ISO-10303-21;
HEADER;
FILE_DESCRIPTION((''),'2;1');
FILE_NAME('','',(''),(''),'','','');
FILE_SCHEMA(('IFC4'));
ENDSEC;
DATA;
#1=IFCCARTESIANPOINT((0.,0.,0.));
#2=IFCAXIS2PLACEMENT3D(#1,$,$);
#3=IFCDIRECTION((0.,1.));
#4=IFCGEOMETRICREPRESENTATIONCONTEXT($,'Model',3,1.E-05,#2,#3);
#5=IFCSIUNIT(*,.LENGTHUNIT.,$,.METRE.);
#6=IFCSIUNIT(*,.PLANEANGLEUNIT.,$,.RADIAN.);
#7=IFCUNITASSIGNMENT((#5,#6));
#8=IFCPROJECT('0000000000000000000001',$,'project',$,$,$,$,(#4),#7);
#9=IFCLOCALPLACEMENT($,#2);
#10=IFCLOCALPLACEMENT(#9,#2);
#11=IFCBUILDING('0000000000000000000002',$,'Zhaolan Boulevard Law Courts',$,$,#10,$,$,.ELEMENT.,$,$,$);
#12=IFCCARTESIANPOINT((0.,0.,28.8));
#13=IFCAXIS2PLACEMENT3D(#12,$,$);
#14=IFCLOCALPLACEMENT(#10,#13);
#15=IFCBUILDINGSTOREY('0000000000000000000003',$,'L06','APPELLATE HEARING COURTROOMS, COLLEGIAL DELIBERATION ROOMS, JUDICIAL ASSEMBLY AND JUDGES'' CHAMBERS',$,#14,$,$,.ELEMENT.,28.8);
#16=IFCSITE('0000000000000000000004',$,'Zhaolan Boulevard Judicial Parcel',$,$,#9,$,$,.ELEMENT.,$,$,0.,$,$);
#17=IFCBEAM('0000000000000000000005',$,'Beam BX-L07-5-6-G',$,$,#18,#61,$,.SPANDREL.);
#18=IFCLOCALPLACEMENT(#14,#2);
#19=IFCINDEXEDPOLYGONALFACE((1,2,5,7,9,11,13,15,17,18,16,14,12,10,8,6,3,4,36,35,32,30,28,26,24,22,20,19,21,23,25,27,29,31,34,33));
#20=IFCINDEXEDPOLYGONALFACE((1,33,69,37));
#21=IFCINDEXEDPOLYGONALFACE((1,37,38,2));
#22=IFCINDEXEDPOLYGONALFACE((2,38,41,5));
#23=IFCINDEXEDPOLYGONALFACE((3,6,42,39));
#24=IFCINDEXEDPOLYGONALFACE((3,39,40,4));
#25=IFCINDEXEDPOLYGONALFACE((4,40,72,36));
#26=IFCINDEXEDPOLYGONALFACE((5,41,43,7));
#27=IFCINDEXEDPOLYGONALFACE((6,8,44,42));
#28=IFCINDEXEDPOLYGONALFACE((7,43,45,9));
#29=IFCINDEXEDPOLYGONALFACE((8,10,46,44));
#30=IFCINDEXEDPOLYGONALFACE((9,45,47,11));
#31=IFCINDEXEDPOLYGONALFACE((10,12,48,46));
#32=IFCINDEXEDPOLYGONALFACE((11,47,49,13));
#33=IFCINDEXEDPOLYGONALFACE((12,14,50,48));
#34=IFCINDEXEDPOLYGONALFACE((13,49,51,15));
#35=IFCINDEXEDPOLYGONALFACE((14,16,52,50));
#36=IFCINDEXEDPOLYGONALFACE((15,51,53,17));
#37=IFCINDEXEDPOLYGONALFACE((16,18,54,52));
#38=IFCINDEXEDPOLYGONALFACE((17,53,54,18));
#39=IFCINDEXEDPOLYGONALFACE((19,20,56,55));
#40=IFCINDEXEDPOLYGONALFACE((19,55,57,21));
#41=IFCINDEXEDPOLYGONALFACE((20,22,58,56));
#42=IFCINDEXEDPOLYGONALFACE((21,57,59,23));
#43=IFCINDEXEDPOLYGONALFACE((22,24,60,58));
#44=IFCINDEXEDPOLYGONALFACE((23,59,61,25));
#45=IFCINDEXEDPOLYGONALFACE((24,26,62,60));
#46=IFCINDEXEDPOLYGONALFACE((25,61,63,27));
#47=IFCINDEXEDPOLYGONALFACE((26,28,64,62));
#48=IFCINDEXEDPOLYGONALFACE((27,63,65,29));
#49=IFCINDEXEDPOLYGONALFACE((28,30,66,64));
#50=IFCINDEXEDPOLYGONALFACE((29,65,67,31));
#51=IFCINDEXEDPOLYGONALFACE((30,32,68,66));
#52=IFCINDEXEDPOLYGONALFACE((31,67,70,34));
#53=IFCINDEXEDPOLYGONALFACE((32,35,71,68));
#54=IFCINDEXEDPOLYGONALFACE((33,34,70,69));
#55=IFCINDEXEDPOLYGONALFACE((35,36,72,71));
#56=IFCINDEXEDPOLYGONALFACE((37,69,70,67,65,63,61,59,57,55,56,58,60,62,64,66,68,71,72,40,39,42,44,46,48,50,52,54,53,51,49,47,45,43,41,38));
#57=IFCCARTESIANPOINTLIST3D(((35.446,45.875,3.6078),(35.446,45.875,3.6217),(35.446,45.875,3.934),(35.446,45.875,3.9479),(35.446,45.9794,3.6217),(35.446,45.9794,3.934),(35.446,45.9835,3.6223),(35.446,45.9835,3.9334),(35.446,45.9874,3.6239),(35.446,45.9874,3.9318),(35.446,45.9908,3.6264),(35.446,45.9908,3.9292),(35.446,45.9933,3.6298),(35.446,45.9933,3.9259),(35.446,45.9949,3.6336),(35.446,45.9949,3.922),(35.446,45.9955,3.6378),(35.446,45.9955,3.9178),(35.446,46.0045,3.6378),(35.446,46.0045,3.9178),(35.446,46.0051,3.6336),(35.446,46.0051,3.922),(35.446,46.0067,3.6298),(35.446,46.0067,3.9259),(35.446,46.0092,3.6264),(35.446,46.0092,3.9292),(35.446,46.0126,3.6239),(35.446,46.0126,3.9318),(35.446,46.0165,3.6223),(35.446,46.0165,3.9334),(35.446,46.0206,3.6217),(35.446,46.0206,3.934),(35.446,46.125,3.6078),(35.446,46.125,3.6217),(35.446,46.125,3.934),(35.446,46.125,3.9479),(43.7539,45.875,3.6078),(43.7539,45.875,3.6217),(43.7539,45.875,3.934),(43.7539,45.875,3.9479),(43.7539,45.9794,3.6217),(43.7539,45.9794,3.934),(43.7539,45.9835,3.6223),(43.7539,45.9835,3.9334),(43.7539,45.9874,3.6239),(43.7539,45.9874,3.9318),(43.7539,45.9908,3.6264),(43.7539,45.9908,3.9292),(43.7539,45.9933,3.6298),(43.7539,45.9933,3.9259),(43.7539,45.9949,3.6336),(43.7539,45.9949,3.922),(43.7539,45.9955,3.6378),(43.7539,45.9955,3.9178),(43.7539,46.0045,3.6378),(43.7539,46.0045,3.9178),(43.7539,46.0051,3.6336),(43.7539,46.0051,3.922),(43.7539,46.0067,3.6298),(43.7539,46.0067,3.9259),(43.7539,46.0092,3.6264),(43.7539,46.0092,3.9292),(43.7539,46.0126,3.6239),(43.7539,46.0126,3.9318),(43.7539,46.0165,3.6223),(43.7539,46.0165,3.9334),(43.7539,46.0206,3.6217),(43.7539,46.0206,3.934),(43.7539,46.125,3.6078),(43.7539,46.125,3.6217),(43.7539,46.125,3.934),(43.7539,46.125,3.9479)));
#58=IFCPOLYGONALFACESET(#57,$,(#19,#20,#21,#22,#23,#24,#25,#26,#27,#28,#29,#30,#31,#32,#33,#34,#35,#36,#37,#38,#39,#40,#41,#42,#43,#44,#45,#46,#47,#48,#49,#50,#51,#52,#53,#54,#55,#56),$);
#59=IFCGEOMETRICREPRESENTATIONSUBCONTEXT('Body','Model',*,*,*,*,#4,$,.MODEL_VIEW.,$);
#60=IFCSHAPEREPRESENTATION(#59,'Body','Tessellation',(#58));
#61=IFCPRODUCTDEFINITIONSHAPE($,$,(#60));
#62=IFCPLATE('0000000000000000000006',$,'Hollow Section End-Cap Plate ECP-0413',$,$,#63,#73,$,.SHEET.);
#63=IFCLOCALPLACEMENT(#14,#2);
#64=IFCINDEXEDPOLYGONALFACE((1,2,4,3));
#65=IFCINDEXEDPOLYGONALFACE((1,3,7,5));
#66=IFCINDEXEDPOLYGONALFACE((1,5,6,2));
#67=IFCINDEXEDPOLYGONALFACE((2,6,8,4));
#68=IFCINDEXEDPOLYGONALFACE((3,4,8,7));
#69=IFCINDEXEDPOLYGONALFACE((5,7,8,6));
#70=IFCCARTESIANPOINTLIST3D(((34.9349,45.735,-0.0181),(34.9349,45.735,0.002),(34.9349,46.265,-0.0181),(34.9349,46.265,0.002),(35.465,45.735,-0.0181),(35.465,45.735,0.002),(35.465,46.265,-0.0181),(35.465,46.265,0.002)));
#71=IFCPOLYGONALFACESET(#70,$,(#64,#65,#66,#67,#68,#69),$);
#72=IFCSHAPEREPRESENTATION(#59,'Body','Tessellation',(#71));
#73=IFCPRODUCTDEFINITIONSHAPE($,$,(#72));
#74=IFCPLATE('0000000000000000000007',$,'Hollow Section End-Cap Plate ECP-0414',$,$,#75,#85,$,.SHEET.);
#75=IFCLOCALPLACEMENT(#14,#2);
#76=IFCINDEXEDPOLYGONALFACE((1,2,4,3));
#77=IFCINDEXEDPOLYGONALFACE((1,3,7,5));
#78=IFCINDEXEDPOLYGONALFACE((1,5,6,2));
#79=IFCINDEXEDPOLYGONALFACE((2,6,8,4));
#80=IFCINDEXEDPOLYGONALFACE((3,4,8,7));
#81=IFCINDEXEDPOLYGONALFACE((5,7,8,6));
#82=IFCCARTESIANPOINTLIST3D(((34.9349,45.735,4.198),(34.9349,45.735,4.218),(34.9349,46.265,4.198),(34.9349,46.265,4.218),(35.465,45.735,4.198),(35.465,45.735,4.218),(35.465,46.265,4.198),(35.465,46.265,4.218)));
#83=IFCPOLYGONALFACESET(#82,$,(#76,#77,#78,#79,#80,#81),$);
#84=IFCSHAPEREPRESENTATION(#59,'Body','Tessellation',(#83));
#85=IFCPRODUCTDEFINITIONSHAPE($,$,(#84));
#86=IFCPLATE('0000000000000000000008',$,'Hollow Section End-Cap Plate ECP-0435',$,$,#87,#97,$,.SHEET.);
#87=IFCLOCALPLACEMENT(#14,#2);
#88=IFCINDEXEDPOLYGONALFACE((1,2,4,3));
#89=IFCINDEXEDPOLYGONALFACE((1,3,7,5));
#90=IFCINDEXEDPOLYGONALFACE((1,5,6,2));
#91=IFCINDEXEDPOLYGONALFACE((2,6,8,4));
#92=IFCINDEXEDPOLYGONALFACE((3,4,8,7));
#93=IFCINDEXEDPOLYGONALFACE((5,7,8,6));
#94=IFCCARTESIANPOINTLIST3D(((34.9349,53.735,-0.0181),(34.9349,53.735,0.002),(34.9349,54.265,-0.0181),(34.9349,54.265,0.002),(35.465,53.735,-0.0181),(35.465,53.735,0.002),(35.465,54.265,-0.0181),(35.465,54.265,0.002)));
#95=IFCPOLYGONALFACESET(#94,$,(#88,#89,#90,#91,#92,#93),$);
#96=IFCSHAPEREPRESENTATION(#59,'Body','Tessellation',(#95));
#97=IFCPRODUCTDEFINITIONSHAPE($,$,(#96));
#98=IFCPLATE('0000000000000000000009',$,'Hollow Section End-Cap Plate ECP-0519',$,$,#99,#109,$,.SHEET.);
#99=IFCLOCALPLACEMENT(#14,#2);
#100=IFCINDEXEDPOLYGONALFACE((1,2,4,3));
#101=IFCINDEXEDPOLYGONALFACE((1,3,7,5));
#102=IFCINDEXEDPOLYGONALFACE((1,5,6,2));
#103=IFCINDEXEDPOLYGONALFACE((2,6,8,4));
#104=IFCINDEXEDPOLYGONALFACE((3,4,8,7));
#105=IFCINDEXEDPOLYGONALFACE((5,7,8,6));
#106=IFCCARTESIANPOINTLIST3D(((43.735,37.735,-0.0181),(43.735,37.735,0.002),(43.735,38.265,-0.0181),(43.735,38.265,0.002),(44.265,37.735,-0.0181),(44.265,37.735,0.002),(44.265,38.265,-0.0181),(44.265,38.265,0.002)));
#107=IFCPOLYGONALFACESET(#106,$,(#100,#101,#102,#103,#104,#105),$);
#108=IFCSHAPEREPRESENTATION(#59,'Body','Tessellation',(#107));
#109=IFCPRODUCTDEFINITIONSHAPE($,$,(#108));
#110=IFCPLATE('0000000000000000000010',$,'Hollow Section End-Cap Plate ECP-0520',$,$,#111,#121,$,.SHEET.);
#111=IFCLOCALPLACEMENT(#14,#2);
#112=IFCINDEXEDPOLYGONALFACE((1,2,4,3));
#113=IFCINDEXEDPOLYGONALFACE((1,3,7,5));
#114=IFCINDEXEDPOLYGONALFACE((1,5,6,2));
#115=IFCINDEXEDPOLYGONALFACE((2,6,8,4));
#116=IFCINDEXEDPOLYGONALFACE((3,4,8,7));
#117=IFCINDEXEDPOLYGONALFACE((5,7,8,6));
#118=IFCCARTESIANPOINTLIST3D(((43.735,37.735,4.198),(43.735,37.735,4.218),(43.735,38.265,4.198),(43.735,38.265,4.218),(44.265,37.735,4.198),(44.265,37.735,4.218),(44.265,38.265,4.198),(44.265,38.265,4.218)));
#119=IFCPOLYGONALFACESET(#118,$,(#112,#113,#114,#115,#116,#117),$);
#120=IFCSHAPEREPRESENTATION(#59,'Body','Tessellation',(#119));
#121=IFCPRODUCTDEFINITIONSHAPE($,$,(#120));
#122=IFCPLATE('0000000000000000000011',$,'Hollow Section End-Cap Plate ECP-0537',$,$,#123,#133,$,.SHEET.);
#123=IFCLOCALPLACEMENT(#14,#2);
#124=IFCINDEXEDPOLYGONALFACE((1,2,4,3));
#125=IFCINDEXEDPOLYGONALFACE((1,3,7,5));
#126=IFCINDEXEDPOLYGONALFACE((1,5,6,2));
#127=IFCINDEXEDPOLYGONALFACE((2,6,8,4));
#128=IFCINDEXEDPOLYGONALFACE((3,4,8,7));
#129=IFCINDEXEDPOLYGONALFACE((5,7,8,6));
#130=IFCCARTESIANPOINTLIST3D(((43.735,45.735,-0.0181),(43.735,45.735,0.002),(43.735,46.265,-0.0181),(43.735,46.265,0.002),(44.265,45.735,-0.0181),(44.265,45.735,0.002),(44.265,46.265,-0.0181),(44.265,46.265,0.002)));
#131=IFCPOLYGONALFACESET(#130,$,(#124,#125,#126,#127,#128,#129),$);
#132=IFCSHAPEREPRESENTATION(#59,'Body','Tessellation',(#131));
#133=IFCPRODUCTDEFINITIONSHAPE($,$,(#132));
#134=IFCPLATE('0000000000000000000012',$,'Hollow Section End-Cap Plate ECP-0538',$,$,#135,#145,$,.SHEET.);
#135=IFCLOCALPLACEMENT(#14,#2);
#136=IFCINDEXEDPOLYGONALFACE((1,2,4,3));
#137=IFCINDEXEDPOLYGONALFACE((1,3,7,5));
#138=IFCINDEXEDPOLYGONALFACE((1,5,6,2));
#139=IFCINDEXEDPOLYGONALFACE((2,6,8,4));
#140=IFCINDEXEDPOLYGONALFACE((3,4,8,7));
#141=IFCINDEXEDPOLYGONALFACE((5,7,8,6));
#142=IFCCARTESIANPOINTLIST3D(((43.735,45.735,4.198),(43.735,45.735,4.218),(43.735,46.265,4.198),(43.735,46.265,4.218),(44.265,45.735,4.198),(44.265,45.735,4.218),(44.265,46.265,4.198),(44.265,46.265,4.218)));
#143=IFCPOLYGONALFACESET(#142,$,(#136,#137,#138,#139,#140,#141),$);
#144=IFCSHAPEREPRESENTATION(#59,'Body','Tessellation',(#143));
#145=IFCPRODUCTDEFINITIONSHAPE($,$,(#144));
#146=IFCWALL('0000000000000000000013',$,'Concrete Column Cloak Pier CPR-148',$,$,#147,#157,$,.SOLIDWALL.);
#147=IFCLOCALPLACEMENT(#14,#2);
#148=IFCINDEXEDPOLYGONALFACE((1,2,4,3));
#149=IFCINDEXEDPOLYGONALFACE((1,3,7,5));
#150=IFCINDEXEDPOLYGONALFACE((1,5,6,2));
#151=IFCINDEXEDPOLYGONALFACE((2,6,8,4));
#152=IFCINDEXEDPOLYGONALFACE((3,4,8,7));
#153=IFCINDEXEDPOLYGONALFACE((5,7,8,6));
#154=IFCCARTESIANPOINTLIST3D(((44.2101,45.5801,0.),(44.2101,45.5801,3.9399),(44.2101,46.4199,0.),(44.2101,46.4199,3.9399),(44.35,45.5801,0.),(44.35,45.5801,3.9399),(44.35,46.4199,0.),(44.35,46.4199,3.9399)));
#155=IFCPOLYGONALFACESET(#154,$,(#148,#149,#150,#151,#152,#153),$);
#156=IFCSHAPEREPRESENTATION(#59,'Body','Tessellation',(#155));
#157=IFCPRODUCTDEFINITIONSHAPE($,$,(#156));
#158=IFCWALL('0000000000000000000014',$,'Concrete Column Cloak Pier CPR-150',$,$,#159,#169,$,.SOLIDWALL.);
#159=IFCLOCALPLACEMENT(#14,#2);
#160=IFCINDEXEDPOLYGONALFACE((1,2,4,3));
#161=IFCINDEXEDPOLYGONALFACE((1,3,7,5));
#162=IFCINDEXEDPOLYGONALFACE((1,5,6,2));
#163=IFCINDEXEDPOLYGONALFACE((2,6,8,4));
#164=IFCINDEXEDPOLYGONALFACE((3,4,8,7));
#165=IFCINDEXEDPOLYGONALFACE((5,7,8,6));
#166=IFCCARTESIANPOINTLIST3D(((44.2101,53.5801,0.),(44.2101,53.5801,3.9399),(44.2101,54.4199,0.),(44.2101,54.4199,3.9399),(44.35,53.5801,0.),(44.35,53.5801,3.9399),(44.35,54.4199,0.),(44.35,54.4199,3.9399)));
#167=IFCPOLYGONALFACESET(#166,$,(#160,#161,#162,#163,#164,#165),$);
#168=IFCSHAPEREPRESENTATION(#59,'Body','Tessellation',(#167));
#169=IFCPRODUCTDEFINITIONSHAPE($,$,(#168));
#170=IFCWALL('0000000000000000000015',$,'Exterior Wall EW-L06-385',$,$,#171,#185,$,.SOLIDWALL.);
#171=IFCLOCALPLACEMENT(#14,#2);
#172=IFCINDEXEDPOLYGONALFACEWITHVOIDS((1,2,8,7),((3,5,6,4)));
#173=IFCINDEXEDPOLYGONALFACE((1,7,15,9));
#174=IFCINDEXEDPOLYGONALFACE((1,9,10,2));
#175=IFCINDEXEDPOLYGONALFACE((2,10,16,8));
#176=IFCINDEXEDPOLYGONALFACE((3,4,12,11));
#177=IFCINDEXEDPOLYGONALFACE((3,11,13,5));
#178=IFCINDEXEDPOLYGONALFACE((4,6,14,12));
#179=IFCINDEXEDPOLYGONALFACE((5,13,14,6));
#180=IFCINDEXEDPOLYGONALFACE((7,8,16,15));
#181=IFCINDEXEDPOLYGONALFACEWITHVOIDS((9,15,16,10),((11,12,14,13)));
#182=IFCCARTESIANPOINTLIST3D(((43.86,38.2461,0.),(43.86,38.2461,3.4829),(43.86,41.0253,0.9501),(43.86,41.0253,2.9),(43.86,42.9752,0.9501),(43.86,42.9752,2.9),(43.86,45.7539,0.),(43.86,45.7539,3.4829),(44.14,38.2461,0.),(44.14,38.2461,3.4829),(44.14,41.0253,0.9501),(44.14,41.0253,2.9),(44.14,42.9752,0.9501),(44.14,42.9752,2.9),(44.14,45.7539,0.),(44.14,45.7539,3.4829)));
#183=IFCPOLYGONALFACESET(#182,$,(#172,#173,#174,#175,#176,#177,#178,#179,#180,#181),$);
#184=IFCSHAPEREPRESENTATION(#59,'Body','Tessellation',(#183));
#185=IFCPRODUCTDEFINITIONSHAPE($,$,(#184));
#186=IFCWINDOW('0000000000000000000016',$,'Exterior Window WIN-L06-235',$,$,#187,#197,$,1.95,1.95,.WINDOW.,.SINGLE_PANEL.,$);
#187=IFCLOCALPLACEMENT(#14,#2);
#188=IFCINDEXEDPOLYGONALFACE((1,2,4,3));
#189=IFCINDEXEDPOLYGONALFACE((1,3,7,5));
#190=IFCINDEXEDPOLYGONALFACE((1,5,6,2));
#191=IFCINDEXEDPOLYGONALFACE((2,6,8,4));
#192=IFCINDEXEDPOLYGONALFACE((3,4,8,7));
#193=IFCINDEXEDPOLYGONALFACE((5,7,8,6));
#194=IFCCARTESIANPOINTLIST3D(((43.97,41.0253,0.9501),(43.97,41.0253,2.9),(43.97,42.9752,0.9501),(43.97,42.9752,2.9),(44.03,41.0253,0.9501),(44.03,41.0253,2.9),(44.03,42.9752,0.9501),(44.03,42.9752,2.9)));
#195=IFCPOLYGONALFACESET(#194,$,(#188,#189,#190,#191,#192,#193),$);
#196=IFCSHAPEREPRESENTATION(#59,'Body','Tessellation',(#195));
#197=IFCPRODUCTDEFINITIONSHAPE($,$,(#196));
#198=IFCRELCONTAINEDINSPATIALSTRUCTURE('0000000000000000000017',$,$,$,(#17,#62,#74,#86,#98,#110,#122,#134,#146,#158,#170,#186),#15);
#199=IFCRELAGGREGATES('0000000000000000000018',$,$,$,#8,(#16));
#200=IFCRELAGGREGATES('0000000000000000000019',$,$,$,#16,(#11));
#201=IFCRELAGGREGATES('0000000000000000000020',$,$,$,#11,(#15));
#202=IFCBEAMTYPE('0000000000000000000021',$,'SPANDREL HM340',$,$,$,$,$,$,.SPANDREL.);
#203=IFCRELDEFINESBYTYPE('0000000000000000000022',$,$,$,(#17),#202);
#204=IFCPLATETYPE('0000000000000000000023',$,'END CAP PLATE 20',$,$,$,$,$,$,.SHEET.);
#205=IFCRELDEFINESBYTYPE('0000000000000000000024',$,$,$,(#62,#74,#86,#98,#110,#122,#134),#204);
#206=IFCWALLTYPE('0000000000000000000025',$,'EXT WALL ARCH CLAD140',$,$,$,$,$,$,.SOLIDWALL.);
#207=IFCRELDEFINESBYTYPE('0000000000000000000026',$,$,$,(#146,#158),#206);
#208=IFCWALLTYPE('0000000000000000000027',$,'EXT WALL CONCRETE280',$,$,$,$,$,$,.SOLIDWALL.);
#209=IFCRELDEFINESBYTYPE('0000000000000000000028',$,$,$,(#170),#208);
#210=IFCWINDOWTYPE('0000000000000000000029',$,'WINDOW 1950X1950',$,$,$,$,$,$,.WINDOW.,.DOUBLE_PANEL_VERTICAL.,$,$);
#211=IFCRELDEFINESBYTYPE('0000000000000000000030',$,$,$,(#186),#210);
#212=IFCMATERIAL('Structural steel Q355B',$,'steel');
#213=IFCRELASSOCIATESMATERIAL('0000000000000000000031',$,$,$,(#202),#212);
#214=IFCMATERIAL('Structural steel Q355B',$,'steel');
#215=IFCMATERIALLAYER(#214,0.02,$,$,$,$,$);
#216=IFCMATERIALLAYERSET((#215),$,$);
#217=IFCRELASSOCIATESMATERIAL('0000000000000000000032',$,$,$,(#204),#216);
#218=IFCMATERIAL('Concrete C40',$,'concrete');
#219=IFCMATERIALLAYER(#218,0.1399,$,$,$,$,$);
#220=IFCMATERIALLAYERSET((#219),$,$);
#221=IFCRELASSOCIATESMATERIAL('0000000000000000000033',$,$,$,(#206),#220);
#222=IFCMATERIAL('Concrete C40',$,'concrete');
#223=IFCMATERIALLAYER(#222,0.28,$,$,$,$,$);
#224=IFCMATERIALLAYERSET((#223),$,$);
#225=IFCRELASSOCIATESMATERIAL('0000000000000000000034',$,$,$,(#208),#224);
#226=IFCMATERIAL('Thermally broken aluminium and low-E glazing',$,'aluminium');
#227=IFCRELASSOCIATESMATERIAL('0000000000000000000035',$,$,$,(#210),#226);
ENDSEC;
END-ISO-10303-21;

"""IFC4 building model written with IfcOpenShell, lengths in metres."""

from ifc_helpers import new_model, si_unit, direction, frame, frame_2d, origin, origin_2d, place, context, subcontext, project, spatial, rectangle, i_section, extrude, material, layer, layer_set, material_profile, profile_set, type_object, element, fill, save


model = new_model("IFC4")

# Units and contexts
model_context = context("Model", 3, precision=1e-05, world=origin(), true_north=direction((0.0, 1.0)))
body_context = subcontext(model_context, "Body", "Model", "MODEL_VIEW")
ifc_project = project(units=[si_unit("LENGTHUNIT", "METRE"), si_unit("PLANEANGLEUNIT", "RADIAN")], contexts=[model_context])

# Site, building, storey
site_placement = place(None, origin())
site = spatial("IfcSite", under=ifc_project, at=site_placement, Name="Zhaolan Boulevard Judicial Parcel", CompositionType="ELEMENT", RefElevation=0.0)
building_placement = place(site_placement, origin())
building = spatial("IfcBuilding", under=site, at=building_placement, Name="Zhaolan Boulevard Law Courts", CompositionType="ELEMENT")
storey_placement = place(building_placement, frame((0.0, 0.0, 28.8)))
storey = spatial("IfcBuildingStorey", under=building, at=storey_placement, Name="L06", Description="APPELLATE HEARING COURTROOMS, COLLEGIAL DELIBERATION ROOMS, JUDICIAL ASSEMBLY AND JUDGES' CHAMBERS", CompositionType="ELEMENT", Elevation=28.8)

# Beam
ifc_material_1 = material(Name="Structural steel Q355B", Category="steel")
ifc_material_profile_1 = material_profile(ifc_material_1, i_section(OverallWidth=0.25, OverallDepth=0.3401, WebThickness=0.009, FlangeThickness=0.0139, FilletRadius=0.0161, at=origin_2d()), Name="HM340x250")
ifc_profile_set_1 = profile_set([ifc_material_profile_1], Name="Structural steel Q355B")
beam_type_1 = type_object("IfcBeamType", Name="SPANDREL HM340", PredefinedType="SPANDREL", material=ifc_profile_set_1)
beam_1_placement = place(storey_placement, frame((35.446, 46.0, 3.7778), z_axis=(1.0, 0.0, 0.0), x_axis=(0.0, 1.0, 0.0)))
element("IfcBeam", 1, at=beam_1_placement, inside=storey, type_object=beam_type_1, Name="Beam BX-L07-5-6-G", PredefinedType="SPANDREL", context=body_context, shape_type="SweptSolid", body=[
    extrude(i_section(OverallWidth=0.25, OverallDepth=0.3401, WebThickness=0.009, FlangeThickness=0.0139, FilletRadius=0.0161, at=origin_2d()), origin(), (0.0, 0.0, 1.0), 8.3079),
])

# Plates
ifc_material_2 = material(Name="Structural steel Q355B", Category="steel")
ifc_layer_1 = layer(ifc_material_2, 0.02)
ifc_layer_set_1 = layer_set([ifc_layer_1])
plate_type = type_object("IfcPlateType", Name="END CAP PLATE 20", PredefinedType="SHEET", material=ifc_layer_set_1)
for number, where, z_axis, x_axis, name in (
    (2, (35.2, 46.0, -0.0181), (0.0, 0.0, 1.0), (1.0, 0.0, 0.0), "Hollow Section End-Cap Plate ECP-0413"),
    (3, (35.2, 46.0, 4.198), (0.0, 0.0, 1.0), (1.0, 0.0, 0.0), "Hollow Section End-Cap Plate ECP-0414"),
    (4, (35.2, 54.0, -0.0181), (0.0, 0.0, 1.0), (1.0, 0.0, 0.0), "Hollow Section End-Cap Plate ECP-0435"),
    (5, (44.0, 38.0, -0.0181), (0.0, 0.0, 1.0), (1.0, 0.0, 0.0), "Hollow Section End-Cap Plate ECP-0519"),
    (6, (44.0, 38.0, 4.198), (0.0, 0.0, 1.0), (1.0, 0.0, 0.0), "Hollow Section End-Cap Plate ECP-0520"),
    (7, (44.0, 46.0, -0.0181), (0.0, 0.0, 1.0), (1.0, 0.0, 0.0), "Hollow Section End-Cap Plate ECP-0537"),
    (8, (44.0, 46.0, 4.198), (0.0, 0.0, 1.0), (1.0, 0.0, 0.0), "Hollow Section End-Cap Plate ECP-0538"),
):
    element("IfcPlate", number, at=place(storey_placement, frame(where, z_axis=z_axis, x_axis=x_axis)), inside=storey, type_object=plate_type, Name=name, PredefinedType="SHEET", context=body_context, shape_type="SweptSolid", body=[
        extrude(rectangle(XDim=0.53, YDim=0.53, at=origin_2d()), origin(), (0.0, 0.0, 1.0), 0.02),
    ])

# Walls
ifc_material_3 = material(Name="Concrete C40", Category="concrete")
ifc_layer_2 = layer(ifc_material_3, 0.1399)
ifc_layer_set_2 = layer_set([ifc_layer_2])
wall_type_1 = type_object("IfcWallType", Name="EXT WALL ARCH CLAD140", PredefinedType="SOLIDWALL", material=ifc_layer_set_2)
for number, where, z_axis, x_axis, name in (
    (9, (44.28, 45.5801, 0.0), (0.0, 0.0, 1.0), (0.0, 1.0, 0.0), "Concrete Column Cloak Pier CPR-148"),
    (10, (44.28, 53.5801, 0.0), (0.0, 0.0, 1.0), (0.0, 1.0, 0.0), "Concrete Column Cloak Pier CPR-150"),
):
    element("IfcWall", number, at=place(storey_placement, frame(where, z_axis=z_axis, x_axis=x_axis)), inside=storey, type_object=wall_type_1, Name=name, PredefinedType="SOLIDWALL", context=body_context, shape_type="SweptSolid", body=[
        extrude(rectangle(XDim=0.8398, YDim=0.1399, at=frame_2d((0.4199, 0.0))), origin(), (0.0, 0.0, 1.0), 3.9399),
    ])

# Wall, opening, window
ifc_material_4 = material(Name="Concrete C40", Category="concrete")
ifc_layer_3 = layer(ifc_material_4, 0.28)
ifc_layer_set_3 = layer_set([ifc_layer_3])
wall_type_2 = type_object("IfcWallType", Name="EXT WALL CONCRETE280", PredefinedType="SOLIDWALL", material=ifc_layer_set_3)
wall_1_placement = place(storey_placement, frame((44.0, 38.2461, 0.0), z_axis=(0.0, 0.0, 1.0), x_axis=(0.0, 1.0, 0.0)))
wall_1 = element("IfcWall", 11, at=wall_1_placement, inside=storey, type_object=wall_type_2, Name="Exterior Wall EW-L06-385", PredefinedType="SOLIDWALL", context=body_context, shape_type="SweptSolid", body=[
    extrude(rectangle(XDim=7.5078, YDim=0.28, at=frame_2d((3.7539, 0.0))), origin(), (0.0, 0.0, 1.0), 3.4829),
])
opening_1_placement = place(wall_1_placement, frame((2.7791, 0.0, 0.95)))
opening_1 = element("IfcOpeningElement", 12, at=opening_1_placement, cuts=wall_1, PredefinedType="OPENING", context=body_context, shape_type="SweptSolid", body=[
    extrude(rectangle(XDim=1.95, YDim=1.95, at=frame_2d((0.9751, 0.9751))), frame((0.0, 0.1499, 0.0), z_axis=(0.0, -1.0, 0.0), x_axis=(1.0, 0.0, 0.0)), (0.0, 0.0, 1.0), 0.3),
])
ifc_material_5 = material(Name="Thermally broken aluminium and low-E glazing", Category="aluminium")
window_type_1 = type_object("IfcWindowType", Name="WINDOW 1950X1950", PartitioningType="DOUBLE_PANEL_VERTICAL", PredefinedType="WINDOW", material=ifc_material_5)
window_1_placement = place(opening_1_placement, origin())
window_1 = element("IfcWindow", 13, at=window_1_placement, inside=storey, type_object=window_type_1, Name="Exterior Window WIN-L06-235", OverallHeight=1.95, OverallWidth=1.95, PartitioningType="SINGLE_PANEL", PredefinedType="WINDOW", context=body_context, shape_type="SweptSolid", body=[
    extrude(rectangle(XDim=1.95, YDim=1.95, at=frame_2d((0.9751, 0.9751))), frame((0.0, 0.03, 0.0), z_axis=(0.0, -1.0, 0.0), x_axis=(1.0, 0.0, 0.0)), (0.0, 0.0, 1.0), 0.0601),
])
fill(opening_1, window_1)

save(model, "model.ifc")
